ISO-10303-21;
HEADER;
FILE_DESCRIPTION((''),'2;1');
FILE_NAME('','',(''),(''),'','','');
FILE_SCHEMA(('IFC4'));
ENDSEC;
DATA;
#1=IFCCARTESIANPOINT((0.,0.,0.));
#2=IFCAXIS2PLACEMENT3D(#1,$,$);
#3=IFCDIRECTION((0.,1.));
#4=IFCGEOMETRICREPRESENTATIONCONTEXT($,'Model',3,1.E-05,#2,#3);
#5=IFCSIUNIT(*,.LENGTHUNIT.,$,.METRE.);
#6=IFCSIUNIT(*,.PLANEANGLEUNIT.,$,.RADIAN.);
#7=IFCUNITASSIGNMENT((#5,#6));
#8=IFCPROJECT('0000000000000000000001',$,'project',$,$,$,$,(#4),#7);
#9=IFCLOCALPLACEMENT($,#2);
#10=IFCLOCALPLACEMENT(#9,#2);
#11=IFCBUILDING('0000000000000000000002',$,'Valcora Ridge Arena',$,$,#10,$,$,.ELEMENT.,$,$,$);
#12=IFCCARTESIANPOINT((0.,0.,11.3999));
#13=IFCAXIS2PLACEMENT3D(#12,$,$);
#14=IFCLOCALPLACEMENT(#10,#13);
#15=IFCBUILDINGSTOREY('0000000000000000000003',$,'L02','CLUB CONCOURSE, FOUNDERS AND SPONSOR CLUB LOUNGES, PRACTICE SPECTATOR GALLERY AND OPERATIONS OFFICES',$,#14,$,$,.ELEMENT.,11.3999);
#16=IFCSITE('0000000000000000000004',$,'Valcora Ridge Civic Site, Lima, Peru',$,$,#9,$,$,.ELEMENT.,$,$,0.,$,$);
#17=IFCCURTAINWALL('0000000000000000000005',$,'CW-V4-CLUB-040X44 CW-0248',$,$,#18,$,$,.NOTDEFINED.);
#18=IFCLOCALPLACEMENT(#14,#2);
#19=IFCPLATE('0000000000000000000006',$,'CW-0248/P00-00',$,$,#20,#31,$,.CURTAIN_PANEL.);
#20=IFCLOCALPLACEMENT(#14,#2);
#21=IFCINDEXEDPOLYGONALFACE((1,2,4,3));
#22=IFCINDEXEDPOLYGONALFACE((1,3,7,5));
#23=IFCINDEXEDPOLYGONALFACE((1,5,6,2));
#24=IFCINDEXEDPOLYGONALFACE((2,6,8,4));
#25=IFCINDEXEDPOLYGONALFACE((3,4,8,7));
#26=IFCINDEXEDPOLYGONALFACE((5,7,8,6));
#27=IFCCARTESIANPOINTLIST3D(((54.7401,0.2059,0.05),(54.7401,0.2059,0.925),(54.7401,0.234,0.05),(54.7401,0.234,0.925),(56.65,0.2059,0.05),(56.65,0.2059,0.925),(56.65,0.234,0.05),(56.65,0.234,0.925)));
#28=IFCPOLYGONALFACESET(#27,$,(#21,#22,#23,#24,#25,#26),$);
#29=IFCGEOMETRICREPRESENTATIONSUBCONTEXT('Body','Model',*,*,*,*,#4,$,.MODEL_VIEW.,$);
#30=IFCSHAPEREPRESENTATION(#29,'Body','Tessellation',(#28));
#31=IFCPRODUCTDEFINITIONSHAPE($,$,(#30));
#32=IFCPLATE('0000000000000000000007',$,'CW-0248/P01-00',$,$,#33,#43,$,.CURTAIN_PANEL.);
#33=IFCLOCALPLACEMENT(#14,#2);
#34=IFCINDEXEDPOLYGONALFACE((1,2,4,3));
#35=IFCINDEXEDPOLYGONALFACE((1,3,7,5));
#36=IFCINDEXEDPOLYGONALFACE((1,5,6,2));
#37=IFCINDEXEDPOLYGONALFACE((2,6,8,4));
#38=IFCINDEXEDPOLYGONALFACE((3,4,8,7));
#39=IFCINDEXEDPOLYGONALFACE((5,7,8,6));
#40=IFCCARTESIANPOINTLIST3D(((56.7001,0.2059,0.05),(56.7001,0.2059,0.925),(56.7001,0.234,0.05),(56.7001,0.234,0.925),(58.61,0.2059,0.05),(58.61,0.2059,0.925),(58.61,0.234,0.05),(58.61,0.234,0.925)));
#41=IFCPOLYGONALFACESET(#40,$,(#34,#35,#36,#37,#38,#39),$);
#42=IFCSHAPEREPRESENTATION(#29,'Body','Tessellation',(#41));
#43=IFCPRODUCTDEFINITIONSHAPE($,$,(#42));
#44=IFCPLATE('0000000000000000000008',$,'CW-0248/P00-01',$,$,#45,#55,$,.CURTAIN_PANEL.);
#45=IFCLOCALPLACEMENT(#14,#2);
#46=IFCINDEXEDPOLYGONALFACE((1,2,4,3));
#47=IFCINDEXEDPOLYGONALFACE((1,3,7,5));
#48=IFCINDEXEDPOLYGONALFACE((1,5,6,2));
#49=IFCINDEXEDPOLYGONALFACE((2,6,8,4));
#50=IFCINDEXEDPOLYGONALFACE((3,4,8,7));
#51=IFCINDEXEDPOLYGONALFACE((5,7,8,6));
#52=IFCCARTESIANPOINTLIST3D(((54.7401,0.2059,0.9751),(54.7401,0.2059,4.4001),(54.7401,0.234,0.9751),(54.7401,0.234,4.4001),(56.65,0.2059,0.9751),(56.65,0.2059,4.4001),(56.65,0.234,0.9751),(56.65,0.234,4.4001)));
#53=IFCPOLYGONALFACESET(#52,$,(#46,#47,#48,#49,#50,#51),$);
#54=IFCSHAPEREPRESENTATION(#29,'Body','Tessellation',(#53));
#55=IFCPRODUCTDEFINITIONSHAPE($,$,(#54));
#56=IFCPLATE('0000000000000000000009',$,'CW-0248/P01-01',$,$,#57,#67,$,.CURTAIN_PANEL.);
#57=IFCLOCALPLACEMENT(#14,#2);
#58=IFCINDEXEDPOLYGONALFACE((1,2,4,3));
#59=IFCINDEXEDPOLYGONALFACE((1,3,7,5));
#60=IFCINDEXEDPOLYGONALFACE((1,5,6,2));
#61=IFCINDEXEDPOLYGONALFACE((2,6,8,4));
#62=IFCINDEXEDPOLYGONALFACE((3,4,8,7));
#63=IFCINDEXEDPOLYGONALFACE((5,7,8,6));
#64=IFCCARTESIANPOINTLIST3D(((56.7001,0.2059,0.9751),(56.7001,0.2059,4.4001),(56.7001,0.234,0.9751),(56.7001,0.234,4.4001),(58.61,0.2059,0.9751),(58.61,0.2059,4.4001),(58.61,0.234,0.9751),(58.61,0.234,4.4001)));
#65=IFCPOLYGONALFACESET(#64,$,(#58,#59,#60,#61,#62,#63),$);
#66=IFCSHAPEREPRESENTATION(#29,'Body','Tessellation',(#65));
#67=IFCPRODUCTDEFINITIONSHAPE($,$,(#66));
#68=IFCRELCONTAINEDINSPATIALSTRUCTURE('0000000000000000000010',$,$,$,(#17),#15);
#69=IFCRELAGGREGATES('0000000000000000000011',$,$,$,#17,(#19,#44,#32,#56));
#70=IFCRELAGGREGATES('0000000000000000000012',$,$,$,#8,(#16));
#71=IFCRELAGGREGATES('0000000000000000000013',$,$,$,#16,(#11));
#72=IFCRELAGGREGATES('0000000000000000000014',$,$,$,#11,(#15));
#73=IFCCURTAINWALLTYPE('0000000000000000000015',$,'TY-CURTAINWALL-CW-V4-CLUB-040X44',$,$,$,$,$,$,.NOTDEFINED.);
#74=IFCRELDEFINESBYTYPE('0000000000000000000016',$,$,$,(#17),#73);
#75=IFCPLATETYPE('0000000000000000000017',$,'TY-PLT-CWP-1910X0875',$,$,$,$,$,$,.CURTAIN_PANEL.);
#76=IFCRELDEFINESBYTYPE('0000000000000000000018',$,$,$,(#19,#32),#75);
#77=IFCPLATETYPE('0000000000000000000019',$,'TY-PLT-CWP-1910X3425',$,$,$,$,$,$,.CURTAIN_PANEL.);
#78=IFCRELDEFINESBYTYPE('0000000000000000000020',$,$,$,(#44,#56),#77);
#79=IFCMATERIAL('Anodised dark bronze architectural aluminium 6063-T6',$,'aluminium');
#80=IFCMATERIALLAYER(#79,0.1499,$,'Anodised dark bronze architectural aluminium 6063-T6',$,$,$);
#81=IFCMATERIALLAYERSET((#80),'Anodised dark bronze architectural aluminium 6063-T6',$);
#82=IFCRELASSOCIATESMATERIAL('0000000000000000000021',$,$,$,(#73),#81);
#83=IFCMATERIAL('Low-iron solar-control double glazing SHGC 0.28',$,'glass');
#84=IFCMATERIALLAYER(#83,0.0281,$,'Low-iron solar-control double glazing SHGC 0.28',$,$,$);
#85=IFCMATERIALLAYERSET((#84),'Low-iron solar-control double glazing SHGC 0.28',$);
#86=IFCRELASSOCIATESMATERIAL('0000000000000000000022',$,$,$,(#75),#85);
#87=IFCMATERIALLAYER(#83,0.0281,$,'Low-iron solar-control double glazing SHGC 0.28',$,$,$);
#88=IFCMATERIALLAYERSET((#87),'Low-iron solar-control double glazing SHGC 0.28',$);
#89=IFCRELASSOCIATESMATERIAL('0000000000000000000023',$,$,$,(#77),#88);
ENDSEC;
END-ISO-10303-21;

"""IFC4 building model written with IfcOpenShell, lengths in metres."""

from ifc_helpers import new_model, si_unit, direction, frame, origin, origin_2d, place, context, subcontext, project, spatial, rectangle, extrude, material, layer, layer_set, type_object, element, aggregate, save


model = new_model("IFC4")

# Units and contexts
model_context = context("Model", 3, precision=1e-05, world=origin(), true_north=direction((0.0, 1.0)))
body_context = subcontext(model_context, "Body", "Model", "MODEL_VIEW")
ifc_project = project(units=[si_unit("LENGTHUNIT", "METRE"), si_unit("PLANEANGLEUNIT", "RADIAN")], contexts=[model_context])

# Site, building, storey
site_placement = place(None, origin())
site = spatial("IfcSite", under=ifc_project, at=site_placement, Name="Valcora Ridge Civic Site, Lima, Peru", CompositionType="ELEMENT", RefElevation=0.0)
building_placement = place(site_placement, origin())
building = spatial("IfcBuilding", under=site, at=building_placement, Name="Valcora Ridge Arena", CompositionType="ELEMENT")
storey_placement = place(building_placement, frame((0.0, 0.0, 11.3999)))
storey = spatial("IfcBuildingStorey", under=building, at=storey_placement, Name="L02", Description="CLUB CONCOURSE, FOUNDERS AND SPONSOR CLUB LOUNGES, PRACTICE SPECTATOR GALLERY AND OPERATIONS OFFICES", CompositionType="ELEMENT", Elevation=11.3999)

# Shared definitions
ifc_material_1 = material(Name="Anodised dark bronze architectural aluminium 6063-T6", Category="aluminium")

# Curtain wall
ifc_layer_1 = layer(ifc_material_1, 0.1499, Name="Anodised dark bronze architectural aluminium 6063-T6")
ifc_layer_set_1 = layer_set([ifc_layer_1], Name="Anodised dark bronze architectural aluminium 6063-T6")
curtain_wall_type_1 = type_object("IfcCurtainWallType", Name="TY-CURTAINWALL-CW-V4-CLUB-040X44", PredefinedType="NOTDEFINED", material=ifc_layer_set_1)
curtain_wall_1_placement = place(storey_placement, origin())
curtain_wall_1 = element("IfcCurtainWall", 1, at=curtain_wall_1_placement, inside=storey, type_object=curtain_wall_type_1, Name="CW-V4-CLUB-040X44 CW-0248", PredefinedType="NOTDEFINED")

# Plates
ifc_material_2 = material(Name="Low-iron solar-control double glazing SHGC 0.28", Category="glass")
ifc_layer_2 = layer(ifc_material_2, 0.0281, Name="Low-iron solar-control double glazing SHGC 0.28")
ifc_layer_set_2 = layer_set([ifc_layer_2], Name="Low-iron solar-control double glazing SHGC 0.28")
plate_type_1 = type_object("IfcPlateType", Name="TY-PLT-CWP-1910X0875", PredefinedType="CURTAIN_PANEL", material=ifc_layer_set_2)
plate_1_placement = place(storey_placement, frame((55.6951, 0.22, 0.05), z_axis=(0.0, 0.0, 1.0), x_axis=(1.0, 0.0, 0.0)))
plate_1 = element("IfcPlate", 2, at=plate_1_placement, type_object=plate_type_1, Name="CW-0248/P00-00", PredefinedType="CURTAIN_PANEL", context=body_context, shape_type="SweptSolid", body=[
    extrude(rectangle(XDim=1.9099, YDim=0.0281, at=origin_2d()), origin(), (0.0, 0.0, 1.0), 0.875),
])
plate_2_placement = place(storey_placement, frame((57.655, 0.22, 0.05), z_axis=(0.0, 0.0, 1.0), x_axis=(1.0, 0.0, 0.0)))
plate_2 = element("IfcPlate", 3, at=plate_2_placement, type_object=plate_type_1, Name="CW-0248/P01-00", PredefinedType="CURTAIN_PANEL", context=body_context, shape_type="SweptSolid", body=[
    extrude(rectangle(XDim=1.9099, YDim=0.0281, at=origin_2d()), origin(), (0.0, 0.0, 1.0), 0.875),
])
ifc_layer_3 = layer(ifc_material_2, 0.0281, Name="Low-iron solar-control double glazing SHGC 0.28")
ifc_layer_set_3 = layer_set([ifc_layer_3], Name="Low-iron solar-control double glazing SHGC 0.28")
plate_type_2 = type_object("IfcPlateType", Name="TY-PLT-CWP-1910X3425", PredefinedType="CURTAIN_PANEL", material=ifc_layer_set_3)
plate_3_placement = place(storey_placement, frame((55.6951, 0.22, 0.9751), z_axis=(0.0, 0.0, 1.0), x_axis=(1.0, 0.0, 0.0)))
plate_3 = element("IfcPlate", 4, at=plate_3_placement, type_object=plate_type_2, Name="CW-0248/P00-01", PredefinedType="CURTAIN_PANEL", context=body_context, shape_type="SweptSolid", body=[
    extrude(rectangle(XDim=1.9099, YDim=0.0281, at=origin_2d()), origin(), (0.0, 0.0, 1.0), 3.425),
])
plate_4_placement = place(storey_placement, frame((57.655, 0.22, 0.9751), z_axis=(0.0, 0.0, 1.0), x_axis=(1.0, 0.0, 0.0)))
plate_4 = element("IfcPlate", 5, at=plate_4_placement, type_object=plate_type_2, Name="CW-0248/P01-01", PredefinedType="CURTAIN_PANEL", context=body_context, shape_type="SweptSolid", body=[
    extrude(rectangle(XDim=1.9099, YDim=0.0281, at=origin_2d()), origin(), (0.0, 0.0, 1.0), 3.425),
])
aggregate(curtain_wall_1, [plate_1, plate_3, plate_2, plate_4])

save(model, "model.ifc")
